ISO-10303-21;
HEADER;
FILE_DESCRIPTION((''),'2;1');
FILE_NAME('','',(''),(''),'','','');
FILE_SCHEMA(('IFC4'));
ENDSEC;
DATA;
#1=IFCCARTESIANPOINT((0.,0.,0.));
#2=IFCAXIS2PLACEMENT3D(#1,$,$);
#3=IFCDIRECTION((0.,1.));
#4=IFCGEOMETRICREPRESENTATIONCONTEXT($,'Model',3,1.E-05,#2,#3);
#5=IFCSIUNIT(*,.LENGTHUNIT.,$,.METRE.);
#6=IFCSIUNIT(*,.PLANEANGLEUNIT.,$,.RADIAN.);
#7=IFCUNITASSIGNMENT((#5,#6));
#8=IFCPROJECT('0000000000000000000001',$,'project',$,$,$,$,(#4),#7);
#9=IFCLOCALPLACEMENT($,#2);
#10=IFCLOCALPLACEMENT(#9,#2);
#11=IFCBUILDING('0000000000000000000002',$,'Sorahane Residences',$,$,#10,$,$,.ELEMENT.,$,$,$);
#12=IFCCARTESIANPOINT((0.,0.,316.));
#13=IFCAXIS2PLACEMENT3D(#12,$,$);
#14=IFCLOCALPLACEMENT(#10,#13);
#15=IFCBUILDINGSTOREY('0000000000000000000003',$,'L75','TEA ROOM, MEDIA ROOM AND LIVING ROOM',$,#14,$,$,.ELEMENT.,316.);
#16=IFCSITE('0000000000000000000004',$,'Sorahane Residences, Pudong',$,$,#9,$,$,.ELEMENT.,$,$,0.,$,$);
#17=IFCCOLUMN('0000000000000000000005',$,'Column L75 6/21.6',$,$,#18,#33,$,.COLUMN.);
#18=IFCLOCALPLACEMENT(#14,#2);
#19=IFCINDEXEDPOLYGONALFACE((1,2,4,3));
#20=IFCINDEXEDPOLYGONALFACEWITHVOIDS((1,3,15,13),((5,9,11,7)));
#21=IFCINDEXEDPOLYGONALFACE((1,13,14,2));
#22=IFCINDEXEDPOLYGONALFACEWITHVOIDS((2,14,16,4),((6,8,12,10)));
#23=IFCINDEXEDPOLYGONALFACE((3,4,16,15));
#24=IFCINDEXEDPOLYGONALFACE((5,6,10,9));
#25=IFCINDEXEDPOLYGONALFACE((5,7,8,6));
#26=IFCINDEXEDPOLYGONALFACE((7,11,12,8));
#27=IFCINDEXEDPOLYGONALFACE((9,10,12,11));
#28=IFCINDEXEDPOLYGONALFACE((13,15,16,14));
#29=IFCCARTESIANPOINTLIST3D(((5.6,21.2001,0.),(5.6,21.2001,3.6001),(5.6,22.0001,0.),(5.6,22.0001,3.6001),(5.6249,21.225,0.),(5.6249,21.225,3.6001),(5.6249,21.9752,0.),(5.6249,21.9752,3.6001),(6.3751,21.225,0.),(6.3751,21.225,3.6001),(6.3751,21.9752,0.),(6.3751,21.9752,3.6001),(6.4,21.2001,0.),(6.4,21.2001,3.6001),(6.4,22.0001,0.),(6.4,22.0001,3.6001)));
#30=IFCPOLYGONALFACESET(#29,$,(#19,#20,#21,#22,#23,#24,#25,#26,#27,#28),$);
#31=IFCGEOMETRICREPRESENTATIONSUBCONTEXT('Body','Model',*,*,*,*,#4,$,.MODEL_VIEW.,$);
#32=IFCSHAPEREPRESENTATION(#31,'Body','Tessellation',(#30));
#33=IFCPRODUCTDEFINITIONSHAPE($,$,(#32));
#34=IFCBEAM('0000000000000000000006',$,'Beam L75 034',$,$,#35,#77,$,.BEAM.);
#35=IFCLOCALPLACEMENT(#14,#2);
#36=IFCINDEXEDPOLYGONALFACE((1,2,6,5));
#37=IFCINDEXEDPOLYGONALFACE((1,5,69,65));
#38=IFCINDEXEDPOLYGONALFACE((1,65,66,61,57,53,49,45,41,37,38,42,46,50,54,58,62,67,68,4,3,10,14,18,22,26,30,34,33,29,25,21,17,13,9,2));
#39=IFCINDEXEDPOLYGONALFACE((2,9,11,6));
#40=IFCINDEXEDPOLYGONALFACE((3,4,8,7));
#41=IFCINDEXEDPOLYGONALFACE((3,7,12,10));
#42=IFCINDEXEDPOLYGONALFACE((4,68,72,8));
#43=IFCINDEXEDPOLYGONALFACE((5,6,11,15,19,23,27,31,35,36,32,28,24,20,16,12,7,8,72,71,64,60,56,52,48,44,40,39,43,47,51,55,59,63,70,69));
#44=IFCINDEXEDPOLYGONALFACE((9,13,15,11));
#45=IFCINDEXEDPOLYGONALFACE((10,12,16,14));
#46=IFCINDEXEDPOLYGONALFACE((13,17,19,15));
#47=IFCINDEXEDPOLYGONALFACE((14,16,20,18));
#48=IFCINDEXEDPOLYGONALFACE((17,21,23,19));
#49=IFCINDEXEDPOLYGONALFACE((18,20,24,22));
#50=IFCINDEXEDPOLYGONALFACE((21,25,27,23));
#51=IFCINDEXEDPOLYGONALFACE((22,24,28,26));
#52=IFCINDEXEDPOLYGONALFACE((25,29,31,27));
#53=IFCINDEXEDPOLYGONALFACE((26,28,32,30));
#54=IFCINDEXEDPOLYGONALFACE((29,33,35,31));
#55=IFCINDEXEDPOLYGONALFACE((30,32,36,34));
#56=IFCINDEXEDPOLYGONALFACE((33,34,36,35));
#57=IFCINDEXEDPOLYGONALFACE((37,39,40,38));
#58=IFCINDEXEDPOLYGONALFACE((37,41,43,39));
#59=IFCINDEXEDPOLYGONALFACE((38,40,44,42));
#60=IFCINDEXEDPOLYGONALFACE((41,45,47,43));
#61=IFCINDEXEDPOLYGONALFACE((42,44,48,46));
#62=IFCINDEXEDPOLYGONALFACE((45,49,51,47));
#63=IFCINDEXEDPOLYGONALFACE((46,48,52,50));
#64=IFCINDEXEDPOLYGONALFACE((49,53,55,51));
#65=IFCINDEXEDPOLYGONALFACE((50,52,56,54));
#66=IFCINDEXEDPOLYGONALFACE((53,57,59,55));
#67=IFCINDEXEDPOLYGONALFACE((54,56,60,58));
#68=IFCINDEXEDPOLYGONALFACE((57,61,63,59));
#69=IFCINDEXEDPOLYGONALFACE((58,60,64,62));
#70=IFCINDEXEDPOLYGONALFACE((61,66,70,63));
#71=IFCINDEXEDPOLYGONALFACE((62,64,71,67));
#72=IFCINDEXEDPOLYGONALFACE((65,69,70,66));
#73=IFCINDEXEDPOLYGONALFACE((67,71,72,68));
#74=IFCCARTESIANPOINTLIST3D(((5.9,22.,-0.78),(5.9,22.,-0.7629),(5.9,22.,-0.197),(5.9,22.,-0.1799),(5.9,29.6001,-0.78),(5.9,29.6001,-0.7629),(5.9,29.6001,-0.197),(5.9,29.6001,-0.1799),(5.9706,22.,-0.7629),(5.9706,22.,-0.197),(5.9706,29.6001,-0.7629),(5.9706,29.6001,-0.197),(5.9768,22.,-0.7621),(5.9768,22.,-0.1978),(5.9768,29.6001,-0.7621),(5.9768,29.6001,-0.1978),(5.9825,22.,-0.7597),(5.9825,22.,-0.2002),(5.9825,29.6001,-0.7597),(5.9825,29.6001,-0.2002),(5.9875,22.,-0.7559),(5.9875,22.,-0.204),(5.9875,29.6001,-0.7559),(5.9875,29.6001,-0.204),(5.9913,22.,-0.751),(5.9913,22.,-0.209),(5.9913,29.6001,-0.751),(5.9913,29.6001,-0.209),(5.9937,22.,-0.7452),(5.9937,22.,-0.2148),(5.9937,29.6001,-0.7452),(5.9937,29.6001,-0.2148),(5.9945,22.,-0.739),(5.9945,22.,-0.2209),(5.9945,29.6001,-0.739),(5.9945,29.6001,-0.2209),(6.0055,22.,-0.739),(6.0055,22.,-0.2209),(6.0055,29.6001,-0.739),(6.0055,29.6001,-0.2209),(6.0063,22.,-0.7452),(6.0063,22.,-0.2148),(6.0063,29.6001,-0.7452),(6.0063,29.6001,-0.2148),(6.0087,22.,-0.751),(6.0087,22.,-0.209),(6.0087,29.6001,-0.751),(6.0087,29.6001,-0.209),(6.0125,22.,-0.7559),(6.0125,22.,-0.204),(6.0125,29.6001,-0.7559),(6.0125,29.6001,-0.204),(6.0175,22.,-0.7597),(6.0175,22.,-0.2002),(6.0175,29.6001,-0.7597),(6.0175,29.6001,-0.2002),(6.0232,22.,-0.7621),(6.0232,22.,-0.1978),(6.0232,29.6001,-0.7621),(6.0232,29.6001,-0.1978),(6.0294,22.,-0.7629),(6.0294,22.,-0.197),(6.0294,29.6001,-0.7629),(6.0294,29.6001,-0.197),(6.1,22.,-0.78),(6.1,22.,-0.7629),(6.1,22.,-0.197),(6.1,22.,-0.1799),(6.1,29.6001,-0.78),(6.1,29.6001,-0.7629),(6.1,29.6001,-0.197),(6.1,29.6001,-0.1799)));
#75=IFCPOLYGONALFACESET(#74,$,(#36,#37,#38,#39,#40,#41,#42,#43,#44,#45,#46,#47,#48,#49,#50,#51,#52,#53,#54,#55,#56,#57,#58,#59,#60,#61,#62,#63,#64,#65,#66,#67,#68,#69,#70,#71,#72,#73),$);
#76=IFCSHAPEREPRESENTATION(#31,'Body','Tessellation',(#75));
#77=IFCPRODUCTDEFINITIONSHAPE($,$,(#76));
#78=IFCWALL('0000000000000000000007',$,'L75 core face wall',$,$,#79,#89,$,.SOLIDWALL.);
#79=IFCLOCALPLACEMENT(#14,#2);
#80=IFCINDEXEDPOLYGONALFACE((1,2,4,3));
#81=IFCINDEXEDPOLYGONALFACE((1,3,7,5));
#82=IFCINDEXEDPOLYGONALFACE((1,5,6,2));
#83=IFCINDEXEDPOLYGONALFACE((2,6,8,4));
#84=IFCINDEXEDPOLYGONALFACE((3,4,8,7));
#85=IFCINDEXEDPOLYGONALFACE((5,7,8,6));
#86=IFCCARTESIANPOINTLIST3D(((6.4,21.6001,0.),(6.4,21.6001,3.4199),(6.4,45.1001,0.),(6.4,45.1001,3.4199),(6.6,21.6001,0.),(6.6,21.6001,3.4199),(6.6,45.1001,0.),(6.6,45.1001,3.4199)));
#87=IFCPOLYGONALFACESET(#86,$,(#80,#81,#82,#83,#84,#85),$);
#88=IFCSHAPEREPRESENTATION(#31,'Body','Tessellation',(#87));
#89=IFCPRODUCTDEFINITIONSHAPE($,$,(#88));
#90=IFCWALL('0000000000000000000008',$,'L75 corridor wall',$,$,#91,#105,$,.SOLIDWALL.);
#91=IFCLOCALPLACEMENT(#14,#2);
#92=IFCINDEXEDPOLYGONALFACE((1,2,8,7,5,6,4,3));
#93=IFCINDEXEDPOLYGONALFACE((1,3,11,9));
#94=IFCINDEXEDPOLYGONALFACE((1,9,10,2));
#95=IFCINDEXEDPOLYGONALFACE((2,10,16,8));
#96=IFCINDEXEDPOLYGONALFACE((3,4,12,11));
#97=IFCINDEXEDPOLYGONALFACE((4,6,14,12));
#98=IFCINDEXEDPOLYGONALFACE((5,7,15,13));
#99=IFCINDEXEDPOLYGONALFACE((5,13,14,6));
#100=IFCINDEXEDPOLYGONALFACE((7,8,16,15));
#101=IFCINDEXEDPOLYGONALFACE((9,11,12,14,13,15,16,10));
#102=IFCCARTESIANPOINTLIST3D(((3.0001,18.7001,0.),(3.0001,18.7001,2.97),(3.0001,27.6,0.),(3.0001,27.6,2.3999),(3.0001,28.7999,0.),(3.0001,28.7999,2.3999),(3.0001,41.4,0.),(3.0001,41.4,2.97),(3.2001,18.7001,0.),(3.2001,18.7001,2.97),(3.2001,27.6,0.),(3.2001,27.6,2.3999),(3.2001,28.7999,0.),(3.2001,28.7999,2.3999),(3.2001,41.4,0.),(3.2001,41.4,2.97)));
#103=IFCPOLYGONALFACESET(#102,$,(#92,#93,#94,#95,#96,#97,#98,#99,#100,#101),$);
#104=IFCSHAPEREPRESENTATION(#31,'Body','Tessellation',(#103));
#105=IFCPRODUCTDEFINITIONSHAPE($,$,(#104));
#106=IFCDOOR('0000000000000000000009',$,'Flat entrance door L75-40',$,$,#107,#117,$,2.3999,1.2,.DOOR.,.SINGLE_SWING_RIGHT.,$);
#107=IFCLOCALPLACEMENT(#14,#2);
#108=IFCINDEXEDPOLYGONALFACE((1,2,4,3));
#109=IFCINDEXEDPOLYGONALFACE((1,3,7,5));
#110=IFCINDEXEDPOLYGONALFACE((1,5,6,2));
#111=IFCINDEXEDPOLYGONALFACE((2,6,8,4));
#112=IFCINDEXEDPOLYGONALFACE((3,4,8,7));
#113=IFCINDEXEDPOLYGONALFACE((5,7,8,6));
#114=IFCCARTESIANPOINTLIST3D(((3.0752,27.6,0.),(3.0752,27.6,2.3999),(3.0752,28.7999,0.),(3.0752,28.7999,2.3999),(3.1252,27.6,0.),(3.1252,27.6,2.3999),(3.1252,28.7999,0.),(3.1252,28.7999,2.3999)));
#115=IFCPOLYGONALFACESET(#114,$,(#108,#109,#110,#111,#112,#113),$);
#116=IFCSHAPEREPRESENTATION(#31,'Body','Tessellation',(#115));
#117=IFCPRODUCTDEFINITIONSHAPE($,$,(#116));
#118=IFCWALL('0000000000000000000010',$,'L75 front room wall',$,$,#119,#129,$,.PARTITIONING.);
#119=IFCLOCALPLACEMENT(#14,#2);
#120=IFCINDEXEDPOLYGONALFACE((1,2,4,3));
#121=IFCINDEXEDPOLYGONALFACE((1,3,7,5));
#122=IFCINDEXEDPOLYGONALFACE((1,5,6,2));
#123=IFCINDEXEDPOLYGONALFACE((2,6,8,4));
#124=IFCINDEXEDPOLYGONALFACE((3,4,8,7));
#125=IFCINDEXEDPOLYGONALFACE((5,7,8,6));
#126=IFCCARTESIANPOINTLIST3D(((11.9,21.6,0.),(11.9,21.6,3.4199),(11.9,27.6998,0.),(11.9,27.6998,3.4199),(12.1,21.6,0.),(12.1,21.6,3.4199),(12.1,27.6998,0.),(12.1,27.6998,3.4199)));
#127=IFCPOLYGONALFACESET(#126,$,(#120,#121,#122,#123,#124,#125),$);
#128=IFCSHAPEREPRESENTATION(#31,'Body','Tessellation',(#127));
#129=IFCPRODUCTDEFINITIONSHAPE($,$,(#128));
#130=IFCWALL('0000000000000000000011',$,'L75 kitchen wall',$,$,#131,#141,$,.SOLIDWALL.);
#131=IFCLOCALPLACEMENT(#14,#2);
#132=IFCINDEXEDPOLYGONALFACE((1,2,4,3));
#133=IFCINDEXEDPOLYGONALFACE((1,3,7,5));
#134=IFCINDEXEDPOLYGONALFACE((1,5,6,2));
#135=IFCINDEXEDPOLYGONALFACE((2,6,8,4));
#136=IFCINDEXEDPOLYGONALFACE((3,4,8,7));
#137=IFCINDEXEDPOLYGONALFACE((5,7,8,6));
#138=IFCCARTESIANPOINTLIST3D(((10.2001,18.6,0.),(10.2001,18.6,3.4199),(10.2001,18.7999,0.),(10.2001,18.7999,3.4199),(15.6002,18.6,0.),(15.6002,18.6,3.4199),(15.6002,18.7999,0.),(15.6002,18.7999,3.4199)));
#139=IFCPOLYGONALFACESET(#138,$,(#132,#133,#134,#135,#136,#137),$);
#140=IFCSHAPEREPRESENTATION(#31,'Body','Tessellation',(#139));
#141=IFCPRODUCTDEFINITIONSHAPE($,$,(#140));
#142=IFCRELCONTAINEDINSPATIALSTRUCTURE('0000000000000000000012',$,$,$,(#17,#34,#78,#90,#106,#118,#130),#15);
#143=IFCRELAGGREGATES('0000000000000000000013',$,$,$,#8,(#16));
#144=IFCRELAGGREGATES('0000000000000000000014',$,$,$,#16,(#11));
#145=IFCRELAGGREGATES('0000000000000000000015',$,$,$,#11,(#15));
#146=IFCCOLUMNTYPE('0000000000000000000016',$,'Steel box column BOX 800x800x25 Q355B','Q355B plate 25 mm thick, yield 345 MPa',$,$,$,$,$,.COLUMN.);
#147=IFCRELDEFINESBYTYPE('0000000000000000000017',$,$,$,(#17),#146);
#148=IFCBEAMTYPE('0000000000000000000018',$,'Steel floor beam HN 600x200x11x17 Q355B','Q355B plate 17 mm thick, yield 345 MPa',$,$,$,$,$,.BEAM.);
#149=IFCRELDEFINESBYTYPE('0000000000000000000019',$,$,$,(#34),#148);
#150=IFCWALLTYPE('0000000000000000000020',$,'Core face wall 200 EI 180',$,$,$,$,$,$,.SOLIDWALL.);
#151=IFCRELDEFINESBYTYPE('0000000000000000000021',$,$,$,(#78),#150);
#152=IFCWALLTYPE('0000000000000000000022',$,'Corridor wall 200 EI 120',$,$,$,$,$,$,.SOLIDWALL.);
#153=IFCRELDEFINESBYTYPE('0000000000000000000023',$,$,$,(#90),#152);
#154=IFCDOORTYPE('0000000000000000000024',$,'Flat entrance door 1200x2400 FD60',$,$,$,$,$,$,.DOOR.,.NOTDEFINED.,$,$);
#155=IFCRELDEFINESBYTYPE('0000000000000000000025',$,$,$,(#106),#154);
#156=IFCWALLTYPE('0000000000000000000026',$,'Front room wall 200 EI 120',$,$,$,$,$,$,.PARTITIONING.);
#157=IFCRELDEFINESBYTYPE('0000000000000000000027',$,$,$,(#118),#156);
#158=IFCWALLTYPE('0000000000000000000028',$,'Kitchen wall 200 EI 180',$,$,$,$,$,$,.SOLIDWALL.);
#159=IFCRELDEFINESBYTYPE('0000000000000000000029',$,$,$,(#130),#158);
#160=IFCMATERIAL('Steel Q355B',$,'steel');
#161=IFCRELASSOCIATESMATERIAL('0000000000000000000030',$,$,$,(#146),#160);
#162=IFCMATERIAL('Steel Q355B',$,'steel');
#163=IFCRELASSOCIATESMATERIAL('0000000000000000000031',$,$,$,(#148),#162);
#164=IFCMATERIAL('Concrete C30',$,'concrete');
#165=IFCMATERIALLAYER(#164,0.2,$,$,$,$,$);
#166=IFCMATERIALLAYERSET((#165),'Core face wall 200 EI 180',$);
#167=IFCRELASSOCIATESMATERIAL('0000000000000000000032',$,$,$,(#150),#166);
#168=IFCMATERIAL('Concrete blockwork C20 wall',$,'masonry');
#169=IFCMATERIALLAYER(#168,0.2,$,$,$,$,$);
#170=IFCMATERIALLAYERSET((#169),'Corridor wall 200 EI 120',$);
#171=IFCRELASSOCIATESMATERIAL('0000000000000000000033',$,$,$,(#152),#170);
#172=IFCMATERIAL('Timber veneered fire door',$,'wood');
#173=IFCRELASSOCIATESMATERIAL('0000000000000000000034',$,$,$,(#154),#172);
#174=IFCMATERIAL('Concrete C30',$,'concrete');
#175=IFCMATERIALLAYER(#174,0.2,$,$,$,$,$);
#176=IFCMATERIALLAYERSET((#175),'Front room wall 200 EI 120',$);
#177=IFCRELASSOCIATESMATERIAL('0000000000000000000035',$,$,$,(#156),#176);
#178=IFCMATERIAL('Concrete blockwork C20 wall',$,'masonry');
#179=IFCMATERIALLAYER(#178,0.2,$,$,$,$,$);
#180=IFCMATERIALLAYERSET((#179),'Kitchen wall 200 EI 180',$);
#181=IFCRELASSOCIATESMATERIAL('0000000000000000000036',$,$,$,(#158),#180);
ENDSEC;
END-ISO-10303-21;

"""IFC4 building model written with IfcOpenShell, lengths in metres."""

from ifc_helpers import new_model, si_unit, direction, frame, frame_2d, origin, origin_2d, place, context, subcontext, project, spatial, rectangle, hollow_rectangle, i_section, extrude, material, layer, layer_set, material_profile, profile_set, type_object, element, fill, save


model = new_model("IFC4")

# Units and contexts
model_context = context("Model", 3, precision=1e-05, world=origin(), true_north=direction((0.0, 1.0)))
body_context = subcontext(model_context, "Body", "Model", "MODEL_VIEW")
ifc_project = project(units=[si_unit("LENGTHUNIT", "METRE"), si_unit("PLANEANGLEUNIT", "RADIAN")], contexts=[model_context])

# Site, building, storey
site_placement = place(None, origin())
site = spatial("IfcSite", under=ifc_project, at=site_placement, Name="Sorahane Residences, Pudong", CompositionType="ELEMENT", RefElevation=0.0)
building_placement = place(site_placement, origin())
building = spatial("IfcBuilding", under=site, at=building_placement, Name="Sorahane Residences", CompositionType="ELEMENT")
storey_placement = place(building_placement, frame((0.0, 0.0, 316.0)))
storey = spatial("IfcBuildingStorey", under=building, at=storey_placement, Name="L75", Description="TEA ROOM, MEDIA ROOM AND LIVING ROOM", CompositionType="ELEMENT", Elevation=316.0)

# Column
ifc_material_1 = material(Name="Steel Q355B", Category="steel")
ifc_material_profile_1 = material_profile(ifc_material_1, hollow_rectangle(XDim=0.8, YDim=0.8, WallThickness=0.0249, at=origin_2d()), Name="BOX 800x800x25")
ifc_profile_set_1 = profile_set([ifc_material_profile_1], Name="Steel Q355B")
column_type = type_object("IfcColumnType", Name="Steel box column BOX 800x800x25 Q355B", Description="Q355B plate 25 mm thick, yield 345 MPa", PredefinedType="COLUMN", material=ifc_profile_set_1)
column_placement = place(storey_placement, frame((6.0, 21.6001, 0.0), z_axis=(0.0, 0.0, 1.0), x_axis=(1.0, 0.0, 0.0)))
element("IfcColumn", 1, at=column_placement, inside=storey, type_object=column_type, Name="Column L75 6/21.6", PredefinedType="COLUMN", context=body_context, shape_type="SweptSolid", body=[
    extrude(hollow_rectangle(XDim=0.8, YDim=0.8, WallThickness=0.0249, at=origin_2d()), origin(), (0.0, 0.0, 1.0), 3.6001),
])

# Beam
ifc_material_2 = material(Name="Steel Q355B", Category="steel")
ifc_material_profile_2 = material_profile(ifc_material_2, i_section(OverallWidth=0.2, OverallDepth=0.6001, WebThickness=0.011, FlangeThickness=0.0171, FilletRadius=0.0239, at=origin_2d()), Name="HN 600x200x11x17")
ifc_profile_set_2 = profile_set([ifc_material_profile_2], Name="Steel Q355B")
beam_type = type_object("IfcBeamType", Name="Steel floor beam HN 600x200x11x17 Q355B", Description="Q355B plate 17 mm thick, yield 345 MPa", PredefinedType="BEAM", material=ifc_profile_set_2)
beam_placement = place(storey_placement, frame((6.0, 22.0, -0.48), z_axis=(0.0, 1.0, 0.0), x_axis=(-1.0, 0.0, 0.0)))
element("IfcBeam", 2, at=beam_placement, inside=storey, type_object=beam_type, Name="Beam L75 034", PredefinedType="BEAM", context=body_context, shape_type="SweptSolid", body=[
    extrude(i_section(OverallWidth=0.2, OverallDepth=0.6001, WebThickness=0.011, FlangeThickness=0.0171, FilletRadius=0.0239, at=origin_2d()), origin(), (0.0, 0.0, 1.0), 7.6001),
])

# Wall
ifc_material_3 = material(Name="Concrete C30", Category="concrete")
ifc_layer_1 = layer(ifc_material_3, 0.2)
ifc_layer_set_1 = layer_set([ifc_layer_1], Name="Core face wall 200 EI 180")
wall_type_1 = type_object("IfcWallType", Name="Core face wall 200 EI 180", PredefinedType="SOLIDWALL", material=ifc_layer_set_1)
wall_1_placement = place(storey_placement, frame((6.5, 21.6001, 0.0), z_axis=(0.0, 0.0, 1.0), x_axis=(0.0, 1.0, 0.0)))
element("IfcWall", 3, at=wall_1_placement, inside=storey, type_object=wall_type_1, Name="L75 core face wall", PredefinedType="SOLIDWALL", context=body_context, shape_type="SweptSolid", body=[
    extrude(rectangle(XDim=23.5, YDim=0.2, at=frame_2d((11.75, 0.0))), origin(), (0.0, 0.0, 1.0), 3.4199),
])

# Wall, opening, door
ifc_material_4 = material(Name="Concrete blockwork C20 wall", Category="masonry")
ifc_layer_2 = layer(ifc_material_4, 0.2)
ifc_layer_set_2 = layer_set([ifc_layer_2], Name="Corridor wall 200 EI 120")
wall_type_2 = type_object("IfcWallType", Name="Corridor wall 200 EI 120", PredefinedType="SOLIDWALL", material=ifc_layer_set_2)
wall_2_placement = place(storey_placement, frame((3.1001, 18.7, 0.0), z_axis=(0.0, 0.0, 1.0), x_axis=(0.0, 1.0, 0.0)))
wall_2 = element("IfcWall", 4, at=wall_2_placement, inside=storey, type_object=wall_type_2, Name="L75 corridor wall", PredefinedType="SOLIDWALL", context=body_context, shape_type="SweptSolid", body=[
    extrude(rectangle(XDim=22.7, YDim=0.2, at=frame_2d((11.3501, 0.0))), origin(), (0.0, 0.0, 1.0), 2.97),
])
opening_1_placement = place(wall_2_placement, frame((8.8999, 0.0, 0.0)))
opening_1 = element("IfcOpeningElement", 5, at=opening_1_placement, cuts=wall_2, PredefinedType="OPENING", context=body_context, shape_type="SweptSolid", body=[
    extrude(rectangle(XDim=1.2, YDim=2.3999, at=frame_2d((0.6001, 1.2))), frame((0.0, 0.1099, 0.0), z_axis=(0.0, -1.0, 0.0), x_axis=(1.0, 0.0, 0.0)), (0.0, 0.0, 1.0), 0.22),
])
ifc_material_5 = material(Name="Timber veneered fire door", Category="wood")
door_type_1 = type_object("IfcDoorType", Name="Flat entrance door 1200x2400 FD60", OperationType="NOTDEFINED", PredefinedType="DOOR", material=ifc_material_5)
door_1_placement = place(opening_1_placement, origin())
door_1 = element("IfcDoor", 6, at=door_1_placement, inside=storey, type_object=door_type_1, Name="Flat entrance door L75-40", OperationType="SINGLE_SWING_RIGHT", OverallHeight=2.3999, OverallWidth=1.2, PredefinedType="DOOR", context=body_context, shape_type="SweptSolid", body=[
    extrude(rectangle(XDim=1.2, YDim=2.3999, at=frame_2d((0.6001, 1.2))), frame((0.0, 0.0249, 0.0), z_axis=(0.0, -1.0, 0.0), x_axis=(1.0, 0.0, 0.0)), (0.0, 0.0, 1.0), 0.05),
])
fill(opening_1, door_1)

# Walls
ifc_material_6 = material(Name="Concrete C30", Category="concrete")
ifc_layer_3 = layer(ifc_material_6, 0.2)
ifc_layer_set_3 = layer_set([ifc_layer_3], Name="Front room wall 200 EI 120")
wall_type_3 = type_object("IfcWallType", Name="Front room wall 200 EI 120", PredefinedType="PARTITIONING", material=ifc_layer_set_3)
wall_3_placement = place(storey_placement, frame((12.0, 21.6001, 0.0), z_axis=(0.0, 0.0, 1.0), x_axis=(0.0, 1.0, 0.0)))
element("IfcWall", 7, at=wall_3_placement, inside=storey, type_object=wall_type_3, Name="L75 front room wall", PredefinedType="PARTITIONING", context=body_context, shape_type="SweptSolid", body=[
    extrude(rectangle(XDim=6.0999, YDim=0.2, at=frame_2d((3.0498, 0.0))), origin(), (0.0, 0.0, 1.0), 3.4199),
])
ifc_material_7 = material(Name="Concrete blockwork C20 wall", Category="masonry")
ifc_layer_4 = layer(ifc_material_7, 0.2)
ifc_layer_set_4 = layer_set([ifc_layer_4], Name="Kitchen wall 200 EI 180")
wall_type_4 = type_object("IfcWallType", Name="Kitchen wall 200 EI 180", PredefinedType="SOLIDWALL", material=ifc_layer_set_4)
wall_4_placement = place(storey_placement, frame((10.2, 18.7, 0.0), z_axis=(0.0, 0.0, 1.0), x_axis=(1.0, 0.0, 0.0)))
element("IfcWall", 8, at=wall_4_placement, inside=storey, type_object=wall_type_4, Name="L75 kitchen wall", PredefinedType="SOLIDWALL", context=body_context, shape_type="SweptSolid", body=[
    extrude(rectangle(XDim=5.4001, YDim=0.2, at=frame_2d((2.7002, 0.0))), origin(), (0.0, 0.0, 1.0), 3.4199),
])

save(model, "model.ifc")
